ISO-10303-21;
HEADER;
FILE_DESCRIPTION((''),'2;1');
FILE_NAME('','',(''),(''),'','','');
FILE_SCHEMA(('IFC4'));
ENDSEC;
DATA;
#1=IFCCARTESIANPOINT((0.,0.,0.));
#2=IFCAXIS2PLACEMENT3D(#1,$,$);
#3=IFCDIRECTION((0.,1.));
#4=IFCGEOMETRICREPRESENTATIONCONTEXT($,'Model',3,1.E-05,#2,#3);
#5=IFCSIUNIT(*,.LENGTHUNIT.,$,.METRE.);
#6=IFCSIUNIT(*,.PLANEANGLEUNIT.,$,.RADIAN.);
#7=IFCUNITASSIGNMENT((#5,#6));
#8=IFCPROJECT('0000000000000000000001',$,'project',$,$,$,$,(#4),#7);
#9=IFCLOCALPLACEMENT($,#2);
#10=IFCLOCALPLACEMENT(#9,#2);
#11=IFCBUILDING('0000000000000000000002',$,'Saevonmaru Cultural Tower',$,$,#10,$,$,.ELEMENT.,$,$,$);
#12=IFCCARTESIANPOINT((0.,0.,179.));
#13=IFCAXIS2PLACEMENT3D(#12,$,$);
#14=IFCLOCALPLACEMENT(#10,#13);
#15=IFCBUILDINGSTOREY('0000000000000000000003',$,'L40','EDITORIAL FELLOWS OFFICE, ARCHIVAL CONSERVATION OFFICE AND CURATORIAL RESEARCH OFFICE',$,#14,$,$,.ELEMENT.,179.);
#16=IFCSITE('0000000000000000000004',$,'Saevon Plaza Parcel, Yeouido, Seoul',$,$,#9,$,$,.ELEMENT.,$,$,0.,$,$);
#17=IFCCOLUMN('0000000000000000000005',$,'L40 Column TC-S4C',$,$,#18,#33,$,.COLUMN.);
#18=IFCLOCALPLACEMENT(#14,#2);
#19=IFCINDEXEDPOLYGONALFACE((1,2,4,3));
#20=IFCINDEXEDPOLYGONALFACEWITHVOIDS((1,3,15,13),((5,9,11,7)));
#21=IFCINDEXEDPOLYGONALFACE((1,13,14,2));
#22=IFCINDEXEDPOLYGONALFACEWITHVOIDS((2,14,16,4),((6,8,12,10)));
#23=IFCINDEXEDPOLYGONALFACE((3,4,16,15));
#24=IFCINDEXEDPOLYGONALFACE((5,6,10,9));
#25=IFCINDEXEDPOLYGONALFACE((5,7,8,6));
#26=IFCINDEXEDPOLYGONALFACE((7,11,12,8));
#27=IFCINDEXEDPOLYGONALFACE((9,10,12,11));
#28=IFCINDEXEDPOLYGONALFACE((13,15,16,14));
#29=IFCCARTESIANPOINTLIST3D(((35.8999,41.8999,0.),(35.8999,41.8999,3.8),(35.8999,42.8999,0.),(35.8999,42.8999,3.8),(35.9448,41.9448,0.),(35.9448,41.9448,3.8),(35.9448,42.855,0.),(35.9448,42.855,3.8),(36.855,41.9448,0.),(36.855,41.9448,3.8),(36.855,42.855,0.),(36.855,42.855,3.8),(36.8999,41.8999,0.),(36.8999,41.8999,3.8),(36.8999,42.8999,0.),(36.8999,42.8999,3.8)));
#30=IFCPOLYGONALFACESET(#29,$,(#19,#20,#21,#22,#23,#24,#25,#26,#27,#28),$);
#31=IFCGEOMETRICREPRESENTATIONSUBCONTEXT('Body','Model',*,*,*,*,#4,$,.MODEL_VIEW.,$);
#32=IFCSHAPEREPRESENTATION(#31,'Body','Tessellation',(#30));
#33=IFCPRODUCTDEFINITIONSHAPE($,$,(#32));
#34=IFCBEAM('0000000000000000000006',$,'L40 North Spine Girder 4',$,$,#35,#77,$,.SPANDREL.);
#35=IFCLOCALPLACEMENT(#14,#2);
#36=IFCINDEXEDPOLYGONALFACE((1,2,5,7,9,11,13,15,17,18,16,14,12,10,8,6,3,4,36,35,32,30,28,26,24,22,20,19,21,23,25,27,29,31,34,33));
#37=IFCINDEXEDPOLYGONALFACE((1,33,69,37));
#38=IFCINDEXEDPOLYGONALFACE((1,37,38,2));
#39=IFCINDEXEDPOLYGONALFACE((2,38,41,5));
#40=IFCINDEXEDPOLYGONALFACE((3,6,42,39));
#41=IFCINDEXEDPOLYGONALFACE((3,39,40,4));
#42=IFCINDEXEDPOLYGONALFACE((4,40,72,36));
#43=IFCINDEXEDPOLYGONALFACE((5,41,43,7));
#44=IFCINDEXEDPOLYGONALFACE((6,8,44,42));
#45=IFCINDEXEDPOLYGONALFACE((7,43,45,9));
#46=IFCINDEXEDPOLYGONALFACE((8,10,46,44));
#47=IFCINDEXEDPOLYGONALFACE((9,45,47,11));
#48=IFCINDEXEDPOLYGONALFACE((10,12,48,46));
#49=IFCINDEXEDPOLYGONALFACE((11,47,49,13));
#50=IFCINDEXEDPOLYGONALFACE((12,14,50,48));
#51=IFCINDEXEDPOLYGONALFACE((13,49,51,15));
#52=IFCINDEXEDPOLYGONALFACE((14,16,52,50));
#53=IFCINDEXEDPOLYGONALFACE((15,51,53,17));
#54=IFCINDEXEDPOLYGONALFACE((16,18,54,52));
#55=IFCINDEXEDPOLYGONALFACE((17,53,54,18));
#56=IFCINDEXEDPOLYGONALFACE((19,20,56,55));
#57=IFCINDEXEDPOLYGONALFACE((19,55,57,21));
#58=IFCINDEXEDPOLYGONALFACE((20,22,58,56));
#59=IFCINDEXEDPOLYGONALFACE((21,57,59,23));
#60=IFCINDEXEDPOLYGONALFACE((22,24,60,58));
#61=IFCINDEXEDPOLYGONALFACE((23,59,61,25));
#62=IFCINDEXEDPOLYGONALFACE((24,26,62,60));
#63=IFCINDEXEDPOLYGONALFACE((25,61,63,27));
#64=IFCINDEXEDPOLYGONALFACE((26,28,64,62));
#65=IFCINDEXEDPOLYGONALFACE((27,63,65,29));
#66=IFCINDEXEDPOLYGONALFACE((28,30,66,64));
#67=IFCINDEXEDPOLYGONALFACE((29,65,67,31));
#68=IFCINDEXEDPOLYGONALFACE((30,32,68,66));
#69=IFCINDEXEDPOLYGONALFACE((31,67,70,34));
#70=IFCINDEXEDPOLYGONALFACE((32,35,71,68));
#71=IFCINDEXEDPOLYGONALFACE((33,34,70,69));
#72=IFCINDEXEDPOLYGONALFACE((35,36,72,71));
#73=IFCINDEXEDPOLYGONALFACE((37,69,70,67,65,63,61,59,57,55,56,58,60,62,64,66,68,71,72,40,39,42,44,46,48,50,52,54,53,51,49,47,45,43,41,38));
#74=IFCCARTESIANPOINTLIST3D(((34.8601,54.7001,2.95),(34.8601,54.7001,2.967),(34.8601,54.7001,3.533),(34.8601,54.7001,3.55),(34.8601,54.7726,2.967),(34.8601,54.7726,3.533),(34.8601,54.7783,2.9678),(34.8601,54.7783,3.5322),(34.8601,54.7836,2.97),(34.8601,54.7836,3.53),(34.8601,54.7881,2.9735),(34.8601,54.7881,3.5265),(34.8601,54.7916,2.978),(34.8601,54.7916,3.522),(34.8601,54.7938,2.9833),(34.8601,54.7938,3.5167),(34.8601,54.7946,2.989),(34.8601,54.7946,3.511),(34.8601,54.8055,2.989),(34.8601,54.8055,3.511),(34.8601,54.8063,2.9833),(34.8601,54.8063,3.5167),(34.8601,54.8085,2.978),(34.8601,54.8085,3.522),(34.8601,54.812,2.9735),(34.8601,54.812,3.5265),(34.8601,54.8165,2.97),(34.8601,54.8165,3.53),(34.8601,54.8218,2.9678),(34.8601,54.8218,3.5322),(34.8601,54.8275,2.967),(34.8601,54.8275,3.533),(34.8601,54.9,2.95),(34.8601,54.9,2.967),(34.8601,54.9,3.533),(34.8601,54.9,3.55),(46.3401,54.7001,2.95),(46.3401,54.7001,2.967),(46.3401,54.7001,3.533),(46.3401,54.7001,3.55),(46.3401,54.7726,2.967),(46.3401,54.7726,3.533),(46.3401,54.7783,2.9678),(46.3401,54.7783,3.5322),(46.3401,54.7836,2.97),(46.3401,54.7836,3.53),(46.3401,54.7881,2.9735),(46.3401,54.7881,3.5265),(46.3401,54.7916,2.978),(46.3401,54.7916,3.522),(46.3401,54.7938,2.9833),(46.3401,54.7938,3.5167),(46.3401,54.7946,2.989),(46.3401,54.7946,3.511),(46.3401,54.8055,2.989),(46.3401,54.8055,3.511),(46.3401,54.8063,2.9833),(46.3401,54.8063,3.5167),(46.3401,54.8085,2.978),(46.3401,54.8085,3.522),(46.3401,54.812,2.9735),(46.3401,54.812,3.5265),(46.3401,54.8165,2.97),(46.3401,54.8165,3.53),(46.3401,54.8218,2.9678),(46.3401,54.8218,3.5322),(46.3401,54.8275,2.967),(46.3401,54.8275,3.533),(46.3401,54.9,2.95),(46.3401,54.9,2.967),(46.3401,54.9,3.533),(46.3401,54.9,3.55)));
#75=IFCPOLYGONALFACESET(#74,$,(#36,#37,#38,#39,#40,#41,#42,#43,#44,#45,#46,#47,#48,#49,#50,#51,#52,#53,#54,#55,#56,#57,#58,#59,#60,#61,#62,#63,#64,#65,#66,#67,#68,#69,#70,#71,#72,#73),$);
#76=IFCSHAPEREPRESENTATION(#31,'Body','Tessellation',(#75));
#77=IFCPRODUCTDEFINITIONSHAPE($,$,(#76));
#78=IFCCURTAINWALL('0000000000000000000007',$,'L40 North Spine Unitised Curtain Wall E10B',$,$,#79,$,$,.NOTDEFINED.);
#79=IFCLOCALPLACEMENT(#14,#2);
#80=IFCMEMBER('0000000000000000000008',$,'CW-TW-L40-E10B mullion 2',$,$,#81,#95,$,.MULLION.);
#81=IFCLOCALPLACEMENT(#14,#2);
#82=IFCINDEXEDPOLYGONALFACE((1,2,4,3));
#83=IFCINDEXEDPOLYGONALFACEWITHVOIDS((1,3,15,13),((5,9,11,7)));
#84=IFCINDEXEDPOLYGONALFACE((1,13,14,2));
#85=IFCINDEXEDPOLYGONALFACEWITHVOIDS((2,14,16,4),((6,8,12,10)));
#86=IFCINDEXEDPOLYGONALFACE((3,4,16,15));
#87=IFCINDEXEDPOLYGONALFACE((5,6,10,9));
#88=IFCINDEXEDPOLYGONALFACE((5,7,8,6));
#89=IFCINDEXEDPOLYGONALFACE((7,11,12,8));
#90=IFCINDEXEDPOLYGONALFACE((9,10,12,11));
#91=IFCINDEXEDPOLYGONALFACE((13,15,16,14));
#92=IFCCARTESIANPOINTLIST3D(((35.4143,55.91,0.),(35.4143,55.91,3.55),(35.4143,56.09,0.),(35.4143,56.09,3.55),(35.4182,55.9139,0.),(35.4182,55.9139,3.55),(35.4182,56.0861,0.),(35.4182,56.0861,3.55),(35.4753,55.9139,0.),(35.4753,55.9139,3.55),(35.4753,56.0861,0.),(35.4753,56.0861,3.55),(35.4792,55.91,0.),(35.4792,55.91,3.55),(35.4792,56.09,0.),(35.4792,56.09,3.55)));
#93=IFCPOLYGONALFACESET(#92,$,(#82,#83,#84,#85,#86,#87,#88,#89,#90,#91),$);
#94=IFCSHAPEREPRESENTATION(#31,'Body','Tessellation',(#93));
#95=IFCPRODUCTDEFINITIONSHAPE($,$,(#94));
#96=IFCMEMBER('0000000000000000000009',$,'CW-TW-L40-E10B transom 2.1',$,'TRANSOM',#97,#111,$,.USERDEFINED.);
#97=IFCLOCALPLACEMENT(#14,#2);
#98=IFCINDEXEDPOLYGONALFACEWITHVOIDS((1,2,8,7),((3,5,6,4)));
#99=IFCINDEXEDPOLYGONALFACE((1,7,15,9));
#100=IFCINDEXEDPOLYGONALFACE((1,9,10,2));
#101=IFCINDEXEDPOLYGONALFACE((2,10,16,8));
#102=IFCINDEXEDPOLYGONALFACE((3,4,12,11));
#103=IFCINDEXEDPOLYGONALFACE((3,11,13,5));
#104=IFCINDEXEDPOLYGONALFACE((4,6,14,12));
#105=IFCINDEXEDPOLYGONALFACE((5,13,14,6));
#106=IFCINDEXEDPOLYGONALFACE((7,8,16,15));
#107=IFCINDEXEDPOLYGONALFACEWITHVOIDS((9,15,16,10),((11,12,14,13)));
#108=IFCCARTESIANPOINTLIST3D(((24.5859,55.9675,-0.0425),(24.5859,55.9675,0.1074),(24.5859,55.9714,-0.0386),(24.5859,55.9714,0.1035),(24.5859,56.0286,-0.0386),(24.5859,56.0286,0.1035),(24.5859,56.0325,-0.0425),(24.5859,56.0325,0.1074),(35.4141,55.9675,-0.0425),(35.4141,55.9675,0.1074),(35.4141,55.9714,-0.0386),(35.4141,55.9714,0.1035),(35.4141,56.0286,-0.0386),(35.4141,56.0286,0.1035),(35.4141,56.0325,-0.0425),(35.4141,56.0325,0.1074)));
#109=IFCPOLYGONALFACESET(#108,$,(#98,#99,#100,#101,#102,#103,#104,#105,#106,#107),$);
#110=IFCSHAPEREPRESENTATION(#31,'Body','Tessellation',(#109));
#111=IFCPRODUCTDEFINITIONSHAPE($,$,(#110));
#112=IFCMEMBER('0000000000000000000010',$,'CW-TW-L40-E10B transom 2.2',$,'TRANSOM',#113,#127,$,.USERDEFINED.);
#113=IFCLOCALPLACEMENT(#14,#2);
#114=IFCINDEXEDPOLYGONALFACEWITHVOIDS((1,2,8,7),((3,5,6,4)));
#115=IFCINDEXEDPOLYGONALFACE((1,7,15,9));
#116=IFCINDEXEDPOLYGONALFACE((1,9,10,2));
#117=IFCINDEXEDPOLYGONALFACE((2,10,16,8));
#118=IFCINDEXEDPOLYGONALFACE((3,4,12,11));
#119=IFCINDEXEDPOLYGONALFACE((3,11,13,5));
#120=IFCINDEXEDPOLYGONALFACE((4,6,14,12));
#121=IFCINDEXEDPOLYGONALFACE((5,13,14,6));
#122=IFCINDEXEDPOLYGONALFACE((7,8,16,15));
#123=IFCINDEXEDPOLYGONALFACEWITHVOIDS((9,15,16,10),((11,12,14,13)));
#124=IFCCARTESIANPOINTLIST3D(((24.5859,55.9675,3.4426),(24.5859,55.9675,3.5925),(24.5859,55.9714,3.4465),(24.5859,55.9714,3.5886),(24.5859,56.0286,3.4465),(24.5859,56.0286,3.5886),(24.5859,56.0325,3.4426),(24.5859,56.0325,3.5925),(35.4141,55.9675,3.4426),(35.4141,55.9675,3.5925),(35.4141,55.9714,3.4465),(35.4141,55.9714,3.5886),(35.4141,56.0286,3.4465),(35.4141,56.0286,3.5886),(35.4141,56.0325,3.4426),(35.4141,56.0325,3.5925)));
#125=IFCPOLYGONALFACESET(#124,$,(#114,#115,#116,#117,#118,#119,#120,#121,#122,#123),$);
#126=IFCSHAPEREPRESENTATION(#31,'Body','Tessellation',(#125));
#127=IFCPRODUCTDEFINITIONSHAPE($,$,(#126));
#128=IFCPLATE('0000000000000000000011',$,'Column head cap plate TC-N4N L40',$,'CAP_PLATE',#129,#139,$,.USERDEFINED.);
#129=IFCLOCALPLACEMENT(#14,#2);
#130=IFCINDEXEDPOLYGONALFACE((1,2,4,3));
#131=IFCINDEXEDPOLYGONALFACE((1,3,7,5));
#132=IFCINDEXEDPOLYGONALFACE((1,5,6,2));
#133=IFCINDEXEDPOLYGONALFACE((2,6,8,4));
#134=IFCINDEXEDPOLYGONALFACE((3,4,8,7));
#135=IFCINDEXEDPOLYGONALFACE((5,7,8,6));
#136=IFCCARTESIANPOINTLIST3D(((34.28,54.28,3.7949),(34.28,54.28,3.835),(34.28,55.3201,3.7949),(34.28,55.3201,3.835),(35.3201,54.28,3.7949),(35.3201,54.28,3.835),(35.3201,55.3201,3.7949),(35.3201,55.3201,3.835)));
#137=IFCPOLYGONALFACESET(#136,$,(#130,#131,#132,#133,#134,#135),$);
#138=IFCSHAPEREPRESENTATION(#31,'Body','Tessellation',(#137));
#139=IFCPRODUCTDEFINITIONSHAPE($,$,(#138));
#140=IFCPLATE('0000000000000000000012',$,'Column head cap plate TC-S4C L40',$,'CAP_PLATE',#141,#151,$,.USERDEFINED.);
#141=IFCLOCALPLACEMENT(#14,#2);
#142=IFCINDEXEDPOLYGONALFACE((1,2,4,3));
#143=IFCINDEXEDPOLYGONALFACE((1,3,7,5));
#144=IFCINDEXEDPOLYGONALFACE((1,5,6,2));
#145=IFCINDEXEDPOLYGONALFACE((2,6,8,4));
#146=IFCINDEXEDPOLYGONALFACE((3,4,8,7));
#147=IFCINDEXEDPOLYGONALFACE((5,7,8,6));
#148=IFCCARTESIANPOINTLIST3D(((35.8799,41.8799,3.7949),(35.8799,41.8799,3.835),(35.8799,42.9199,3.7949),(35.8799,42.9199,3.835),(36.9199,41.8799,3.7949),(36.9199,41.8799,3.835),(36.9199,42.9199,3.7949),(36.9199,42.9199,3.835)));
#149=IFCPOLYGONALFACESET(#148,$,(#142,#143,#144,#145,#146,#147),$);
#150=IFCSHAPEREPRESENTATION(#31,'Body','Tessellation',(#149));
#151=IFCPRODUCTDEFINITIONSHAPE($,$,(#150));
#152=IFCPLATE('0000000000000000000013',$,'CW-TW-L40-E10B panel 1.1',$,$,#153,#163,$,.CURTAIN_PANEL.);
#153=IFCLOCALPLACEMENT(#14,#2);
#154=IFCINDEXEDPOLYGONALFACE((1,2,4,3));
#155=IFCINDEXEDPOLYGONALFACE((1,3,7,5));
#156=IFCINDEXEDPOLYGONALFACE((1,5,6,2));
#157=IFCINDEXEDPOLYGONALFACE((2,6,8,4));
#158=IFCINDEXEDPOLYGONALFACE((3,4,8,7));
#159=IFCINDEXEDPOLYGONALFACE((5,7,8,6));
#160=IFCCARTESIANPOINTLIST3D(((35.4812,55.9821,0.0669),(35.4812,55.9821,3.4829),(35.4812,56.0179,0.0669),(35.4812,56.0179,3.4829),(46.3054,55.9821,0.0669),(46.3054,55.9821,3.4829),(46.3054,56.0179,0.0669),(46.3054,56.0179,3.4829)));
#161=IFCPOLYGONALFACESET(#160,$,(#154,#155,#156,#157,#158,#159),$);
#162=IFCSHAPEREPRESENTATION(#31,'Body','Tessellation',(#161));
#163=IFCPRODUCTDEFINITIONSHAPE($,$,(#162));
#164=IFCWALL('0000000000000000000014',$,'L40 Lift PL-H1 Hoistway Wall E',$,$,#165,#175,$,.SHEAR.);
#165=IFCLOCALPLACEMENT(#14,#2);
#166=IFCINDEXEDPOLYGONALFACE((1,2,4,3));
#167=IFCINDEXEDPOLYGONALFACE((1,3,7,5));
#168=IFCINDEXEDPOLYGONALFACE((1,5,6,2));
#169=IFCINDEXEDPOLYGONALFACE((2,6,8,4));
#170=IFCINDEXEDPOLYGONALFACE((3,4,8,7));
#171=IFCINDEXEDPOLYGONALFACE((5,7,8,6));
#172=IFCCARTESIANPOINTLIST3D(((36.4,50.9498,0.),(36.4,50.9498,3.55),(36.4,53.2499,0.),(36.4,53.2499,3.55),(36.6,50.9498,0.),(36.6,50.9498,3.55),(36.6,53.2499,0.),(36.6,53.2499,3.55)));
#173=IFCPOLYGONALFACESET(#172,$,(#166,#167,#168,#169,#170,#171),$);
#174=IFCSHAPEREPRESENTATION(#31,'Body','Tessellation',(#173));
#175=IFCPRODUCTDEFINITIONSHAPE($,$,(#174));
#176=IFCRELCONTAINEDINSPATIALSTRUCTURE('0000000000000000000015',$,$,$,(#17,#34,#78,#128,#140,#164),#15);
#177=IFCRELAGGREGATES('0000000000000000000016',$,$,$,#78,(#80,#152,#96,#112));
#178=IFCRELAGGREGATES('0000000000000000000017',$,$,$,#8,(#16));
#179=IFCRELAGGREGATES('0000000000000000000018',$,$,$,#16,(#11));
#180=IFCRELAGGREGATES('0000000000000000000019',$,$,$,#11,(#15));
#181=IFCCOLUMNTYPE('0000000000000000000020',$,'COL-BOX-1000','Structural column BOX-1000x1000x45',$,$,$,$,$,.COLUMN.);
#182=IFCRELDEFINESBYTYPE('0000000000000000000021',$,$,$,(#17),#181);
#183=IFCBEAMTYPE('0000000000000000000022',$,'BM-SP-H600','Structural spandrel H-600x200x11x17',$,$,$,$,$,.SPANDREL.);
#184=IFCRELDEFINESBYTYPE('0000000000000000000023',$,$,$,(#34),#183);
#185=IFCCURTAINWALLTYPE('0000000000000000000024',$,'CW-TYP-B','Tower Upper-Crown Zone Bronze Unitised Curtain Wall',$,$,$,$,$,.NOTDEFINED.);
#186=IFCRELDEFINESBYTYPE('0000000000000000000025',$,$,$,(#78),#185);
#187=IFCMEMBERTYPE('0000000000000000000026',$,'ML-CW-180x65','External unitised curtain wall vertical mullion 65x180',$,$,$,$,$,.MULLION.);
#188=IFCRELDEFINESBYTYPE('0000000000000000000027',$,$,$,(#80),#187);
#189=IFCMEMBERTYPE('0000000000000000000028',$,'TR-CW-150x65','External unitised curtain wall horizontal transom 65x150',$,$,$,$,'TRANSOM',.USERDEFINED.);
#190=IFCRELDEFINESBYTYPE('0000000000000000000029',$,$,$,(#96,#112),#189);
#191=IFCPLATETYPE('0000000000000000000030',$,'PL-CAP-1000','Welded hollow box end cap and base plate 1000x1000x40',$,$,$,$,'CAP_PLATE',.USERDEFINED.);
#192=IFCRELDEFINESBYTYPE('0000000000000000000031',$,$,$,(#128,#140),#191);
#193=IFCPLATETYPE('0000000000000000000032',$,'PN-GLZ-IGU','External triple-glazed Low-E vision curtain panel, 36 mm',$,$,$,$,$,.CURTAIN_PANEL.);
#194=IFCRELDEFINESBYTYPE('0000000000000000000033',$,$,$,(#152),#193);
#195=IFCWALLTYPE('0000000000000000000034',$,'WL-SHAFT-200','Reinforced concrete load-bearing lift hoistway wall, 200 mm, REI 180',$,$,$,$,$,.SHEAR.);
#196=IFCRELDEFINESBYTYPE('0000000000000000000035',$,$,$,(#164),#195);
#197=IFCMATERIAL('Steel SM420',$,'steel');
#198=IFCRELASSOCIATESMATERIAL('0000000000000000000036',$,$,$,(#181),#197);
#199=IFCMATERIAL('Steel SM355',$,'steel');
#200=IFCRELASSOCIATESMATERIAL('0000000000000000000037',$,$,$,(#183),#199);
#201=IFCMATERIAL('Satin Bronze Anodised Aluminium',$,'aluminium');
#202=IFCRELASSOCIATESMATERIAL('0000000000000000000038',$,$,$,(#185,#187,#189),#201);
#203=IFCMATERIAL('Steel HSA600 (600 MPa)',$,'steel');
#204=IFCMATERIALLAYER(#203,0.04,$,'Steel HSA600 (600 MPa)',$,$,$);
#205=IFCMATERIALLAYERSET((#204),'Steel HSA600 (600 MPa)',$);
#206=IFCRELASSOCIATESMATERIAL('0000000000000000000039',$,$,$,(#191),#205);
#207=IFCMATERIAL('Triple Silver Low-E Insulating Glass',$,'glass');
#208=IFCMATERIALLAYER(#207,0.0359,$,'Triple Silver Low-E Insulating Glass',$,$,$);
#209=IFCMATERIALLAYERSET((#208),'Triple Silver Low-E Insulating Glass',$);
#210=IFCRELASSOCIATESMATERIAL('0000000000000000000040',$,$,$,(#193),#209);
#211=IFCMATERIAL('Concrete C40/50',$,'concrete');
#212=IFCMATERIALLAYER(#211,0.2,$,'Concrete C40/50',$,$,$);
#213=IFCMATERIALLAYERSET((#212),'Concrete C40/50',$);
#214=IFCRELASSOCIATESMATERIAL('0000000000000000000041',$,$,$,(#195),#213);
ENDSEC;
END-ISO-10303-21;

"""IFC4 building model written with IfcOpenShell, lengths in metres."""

from ifc_helpers import new_model, si_unit, direction, frame, frame_2d, origin, origin_2d, place, context, subcontext, project, spatial, rectangle, hollow_rectangle, i_section, extrude, material, layer, layer_set, material_profile, profile_set, type_object, element, aggregate, save


model = new_model("IFC4")

# Units and contexts
model_context = context("Model", 3, precision=1e-05, world=origin(), true_north=direction((0.0, 1.0)))
body_context = subcontext(model_context, "Body", "Model", "MODEL_VIEW")
ifc_project = project(units=[si_unit("LENGTHUNIT", "METRE"), si_unit("PLANEANGLEUNIT", "RADIAN")], contexts=[model_context])

# Site, building, storey
site_placement = place(None, origin())
site = spatial("IfcSite", under=ifc_project, at=site_placement, Name="Saevon Plaza Parcel, Yeouido, Seoul", CompositionType="ELEMENT", RefElevation=0.0)
building_placement = place(site_placement, origin())
building = spatial("IfcBuilding", under=site, at=building_placement, Name="Saevonmaru Cultural Tower", CompositionType="ELEMENT")
storey_placement = place(building_placement, frame((0.0, 0.0, 179.0)))
storey = spatial("IfcBuildingStorey", under=building, at=storey_placement, Name="L40", Description="EDITORIAL FELLOWS OFFICE, ARCHIVAL CONSERVATION OFFICE AND CURATORIAL RESEARCH OFFICE", CompositionType="ELEMENT", Elevation=179.0)

# Column
ifc_material_1 = material(Name="Steel SM420", Category="steel")
ifc_material_profile_1 = material_profile(ifc_material_1, hollow_rectangle(XDim=1.0, YDim=1.0, WallThickness=0.0449, at=origin_2d()), Name="BOX-1000x1000x45")
ifc_profile_set_1 = profile_set([ifc_material_profile_1], Name="Steel SM420")
column_type = type_object("IfcColumnType", Name="COL-BOX-1000", Description="Structural column BOX-1000x1000x45", PredefinedType="COLUMN", material=ifc_profile_set_1)
column_placement = place(storey_placement, frame((36.3999, 42.3999, 0.0), z_axis=(0.0, 0.0, 1.0), x_axis=(1.0, 0.0, 0.0)))
element("IfcColumn", 1, at=column_placement, inside=storey, type_object=column_type, Name="L40 Column TC-S4C", PredefinedType="COLUMN", context=body_context, shape_type="SweptSolid", body=[
    extrude(hollow_rectangle(XDim=1.0, YDim=1.0, WallThickness=0.0449, at=origin_2d()), origin(), (0.0, 0.0, 1.0), 3.8),
])

# Beam
ifc_material_2 = material(Name="Steel SM355", Category="steel")
ifc_material_profile_2 = material_profile(ifc_material_2, i_section(OverallWidth=0.2, OverallDepth=0.6001, WebThickness=0.011, FlangeThickness=0.0171, FilletRadius=0.022, at=origin_2d()), Name="H-600x200x11x17")
ifc_profile_set_2 = profile_set([ifc_material_profile_2], Name="Steel SM355")
beam_type = type_object("IfcBeamType", Name="BM-SP-H600", Description="Structural spandrel H-600x200x11x17", PredefinedType="SPANDREL", material=ifc_profile_set_2)
beam_placement = place(storey_placement, frame((34.8601, 54.8, 3.25), z_axis=(1.0, 0.0, 0.0), x_axis=(0.0, 1.0, 0.0)))
element("IfcBeam", 2, at=beam_placement, inside=storey, type_object=beam_type, Name="L40 North Spine Girder 4", PredefinedType="SPANDREL", context=body_context, shape_type="SweptSolid", body=[
    extrude(i_section(OverallWidth=0.2, OverallDepth=0.6001, WebThickness=0.011, FlangeThickness=0.0171, FilletRadius=0.022, at=origin_2d()), origin(), (0.0, 0.0, 1.0), 11.48),
])

# Curtain wall, members
ifc_material_3 = material(Name="Satin Bronze Anodised Aluminium", Category="aluminium")
curtain_wall_type = type_object("IfcCurtainWallType", Name="CW-TYP-B", Description="Tower Upper-Crown Zone Bronze Unitised Curtain Wall", PredefinedType="NOTDEFINED", material=ifc_material_3)
curtain_wall_placement = place(storey_placement, origin())
curtain_wall = element("IfcCurtainWall", 3, at=curtain_wall_placement, inside=storey, type_object=curtain_wall_type, Name="L40 North Spine Unitised Curtain Wall E10B", PredefinedType="NOTDEFINED")
ifc_material_profile_3 = material_profile(ifc_material_3, hollow_rectangle(XDim=0.0649, YDim=0.1799, WallThickness=0.0039, at=origin_2d()), Name="ALU-MULL-180x65x4")
ifc_profile_set_3 = profile_set([ifc_material_profile_3], Name="Satin Bronze Anodised Aluminium")
member_type_1 = type_object("IfcMemberType", Name="ML-CW-180x65", Description="External unitised curtain wall vertical mullion 65x180", PredefinedType="MULLION", material=ifc_profile_set_3)
member_1_placement = place(storey_placement, frame((35.4468, 56.0, 0.0), z_axis=(0.0, 0.0, 1.0), x_axis=(-1.0, 0.0, 0.0)))
member_1 = element("IfcMember", 4, at=member_1_placement, type_object=member_type_1, Name="CW-TW-L40-E10B mullion 2", PredefinedType="MULLION", context=body_context, shape_type="SweptSolid", body=[
    extrude(hollow_rectangle(XDim=0.0649, YDim=0.1799, WallThickness=0.0039, at=origin_2d()), origin(), (0.0, 0.0, 1.0), 3.55),
])
ifc_material_profile_4 = material_profile(ifc_material_3, hollow_rectangle(XDim=0.0649, YDim=0.1499, WallThickness=0.0039, at=origin_2d()), Name="ALU-TRAN-150x65x4")
ifc_profile_set_4 = profile_set([ifc_material_profile_4], Name="Satin Bronze Anodised Aluminium")
member_type_2 = type_object("IfcMemberType", Name="TR-CW-150x65", Description="External unitised curtain wall horizontal transom 65x150", ElementType="TRANSOM", PredefinedType="USERDEFINED", material=ifc_profile_set_4)
member_2_placement = place(storey_placement, frame((35.4141, 56.0, 0.0325), z_axis=(-1.0, 0.0, 0.0), x_axis=(0.0, -1.0, 0.0)))
member_2 = element("IfcMember", 5, at=member_2_placement, type_object=member_type_2, Name="CW-TW-L40-E10B transom 2.1", ObjectType="TRANSOM", PredefinedType="USERDEFINED", context=body_context, shape_type="SweptSolid", body=[
    extrude(hollow_rectangle(XDim=0.0649, YDim=0.1499, WallThickness=0.0039, at=origin_2d()), origin(), (0.0, 0.0, 1.0), 10.8281),
])
member_3_placement = place(storey_placement, frame((35.4141, 56.0, 3.5176), z_axis=(-1.0, 0.0, 0.0), x_axis=(0.0, -1.0, 0.0)))
member_3 = element("IfcMember", 6, at=member_3_placement, type_object=member_type_2, Name="CW-TW-L40-E10B transom 2.2", ObjectType="TRANSOM", PredefinedType="USERDEFINED", context=body_context, shape_type="SweptSolid", body=[
    extrude(hollow_rectangle(XDim=0.0649, YDim=0.1499, WallThickness=0.0039, at=origin_2d()), origin(), (0.0, 0.0, 1.0), 10.8281),
])

# Plates
ifc_material_4 = material(Name="Steel HSA600 (600 MPa)", Category="steel")
ifc_layer_1 = layer(ifc_material_4, 0.04, Name="Steel HSA600 (600 MPa)")
ifc_layer_set_1 = layer_set([ifc_layer_1], Name="Steel HSA600 (600 MPa)")
plate_type_1 = type_object("IfcPlateType", Name="PL-CAP-1000", Description="Welded hollow box end cap and base plate 1000x1000x40", ElementType="CAP_PLATE", PredefinedType="USERDEFINED", material=ifc_layer_set_1)
for number, where, z_axis, x_axis, name in (
    (7, (34.8, 54.8, 3.7949), (0.0, 0.0, 1.0), (1.0, 0.0, 0.0), "Column head cap plate TC-N4N L40"),
    (8, (36.3999, 42.3999, 3.7949), (0.0, 0.0, 1.0), (1.0, 0.0, 0.0), "Column head cap plate TC-S4C L40"),
):
    element("IfcPlate", number, at=place(storey_placement, frame(where, z_axis=z_axis, x_axis=x_axis)), inside=storey, type_object=plate_type_1, Name=name, ObjectType="CAP_PLATE", PredefinedType="USERDEFINED", context=body_context, shape_type="SweptSolid", body=[
        extrude(rectangle(XDim=1.04, YDim=1.04, at=origin_2d()), origin(), (0.0, 0.0, 1.0), 0.04),
    ])

# Plate
ifc_material_5 = material(Name="Triple Silver Low-E Insulating Glass", Category="glass")
ifc_layer_2 = layer(ifc_material_5, 0.0359, Name="Triple Silver Low-E Insulating Glass")
ifc_layer_set_2 = layer_set([ifc_layer_2], Name="Triple Silver Low-E Insulating Glass")
plate_type_2 = type_object("IfcPlateType", Name="PN-GLZ-IGU", Description="External triple-glazed Low-E vision curtain panel, 36 mm", PredefinedType="CURTAIN_PANEL", material=ifc_layer_set_2)
plate_placement = place(storey_placement, frame((40.8933, 56.0, 0.0669), z_axis=(0.0, 0.0, 1.0), x_axis=(-1.0, 0.0, 0.0)))
plate = element("IfcPlate", 9, at=plate_placement, type_object=plate_type_2, Name="CW-TW-L40-E10B panel 1.1", PredefinedType="CURTAIN_PANEL", context=body_context, shape_type="SweptSolid", body=[
    extrude(rectangle(XDim=10.8242, YDim=0.0359, at=origin_2d()), origin(), (0.0, 0.0, 1.0), 3.416),
])
aggregate(curtain_wall, [member_1, plate, member_2, member_3])

# Wall
ifc_material_6 = material(Name="Concrete C40/50", Category="concrete")
ifc_layer_3 = layer(ifc_material_6, 0.2, Name="Concrete C40/50")
ifc_layer_set_3 = layer_set([ifc_layer_3], Name="Concrete C40/50")
wall_type_1 = type_object("IfcWallType", Name="WL-SHAFT-200", Description="Reinforced concrete load-bearing lift hoistway wall, 200 mm, REI 180", PredefinedType="SHEAR", material=ifc_layer_set_3)
wall_1_placement = place(storey_placement, frame((36.5, 50.95, 0.0), z_axis=(0.0, 0.0, 1.0), x_axis=(0.0, 1.0, 0.0)))
element("IfcWall", 10, at=wall_1_placement, inside=storey, type_object=wall_type_1, Name="L40 Lift PL-H1 Hoistway Wall E", PredefinedType="SHEAR", context=body_context, shape_type="SweptSolid", body=[
    extrude(rectangle(XDim=2.3, YDim=0.2, at=frame_2d((1.1499, 0.0))), origin(), (0.0, 0.0, 1.0), 3.55),
])

save(model, "model.ifc")
